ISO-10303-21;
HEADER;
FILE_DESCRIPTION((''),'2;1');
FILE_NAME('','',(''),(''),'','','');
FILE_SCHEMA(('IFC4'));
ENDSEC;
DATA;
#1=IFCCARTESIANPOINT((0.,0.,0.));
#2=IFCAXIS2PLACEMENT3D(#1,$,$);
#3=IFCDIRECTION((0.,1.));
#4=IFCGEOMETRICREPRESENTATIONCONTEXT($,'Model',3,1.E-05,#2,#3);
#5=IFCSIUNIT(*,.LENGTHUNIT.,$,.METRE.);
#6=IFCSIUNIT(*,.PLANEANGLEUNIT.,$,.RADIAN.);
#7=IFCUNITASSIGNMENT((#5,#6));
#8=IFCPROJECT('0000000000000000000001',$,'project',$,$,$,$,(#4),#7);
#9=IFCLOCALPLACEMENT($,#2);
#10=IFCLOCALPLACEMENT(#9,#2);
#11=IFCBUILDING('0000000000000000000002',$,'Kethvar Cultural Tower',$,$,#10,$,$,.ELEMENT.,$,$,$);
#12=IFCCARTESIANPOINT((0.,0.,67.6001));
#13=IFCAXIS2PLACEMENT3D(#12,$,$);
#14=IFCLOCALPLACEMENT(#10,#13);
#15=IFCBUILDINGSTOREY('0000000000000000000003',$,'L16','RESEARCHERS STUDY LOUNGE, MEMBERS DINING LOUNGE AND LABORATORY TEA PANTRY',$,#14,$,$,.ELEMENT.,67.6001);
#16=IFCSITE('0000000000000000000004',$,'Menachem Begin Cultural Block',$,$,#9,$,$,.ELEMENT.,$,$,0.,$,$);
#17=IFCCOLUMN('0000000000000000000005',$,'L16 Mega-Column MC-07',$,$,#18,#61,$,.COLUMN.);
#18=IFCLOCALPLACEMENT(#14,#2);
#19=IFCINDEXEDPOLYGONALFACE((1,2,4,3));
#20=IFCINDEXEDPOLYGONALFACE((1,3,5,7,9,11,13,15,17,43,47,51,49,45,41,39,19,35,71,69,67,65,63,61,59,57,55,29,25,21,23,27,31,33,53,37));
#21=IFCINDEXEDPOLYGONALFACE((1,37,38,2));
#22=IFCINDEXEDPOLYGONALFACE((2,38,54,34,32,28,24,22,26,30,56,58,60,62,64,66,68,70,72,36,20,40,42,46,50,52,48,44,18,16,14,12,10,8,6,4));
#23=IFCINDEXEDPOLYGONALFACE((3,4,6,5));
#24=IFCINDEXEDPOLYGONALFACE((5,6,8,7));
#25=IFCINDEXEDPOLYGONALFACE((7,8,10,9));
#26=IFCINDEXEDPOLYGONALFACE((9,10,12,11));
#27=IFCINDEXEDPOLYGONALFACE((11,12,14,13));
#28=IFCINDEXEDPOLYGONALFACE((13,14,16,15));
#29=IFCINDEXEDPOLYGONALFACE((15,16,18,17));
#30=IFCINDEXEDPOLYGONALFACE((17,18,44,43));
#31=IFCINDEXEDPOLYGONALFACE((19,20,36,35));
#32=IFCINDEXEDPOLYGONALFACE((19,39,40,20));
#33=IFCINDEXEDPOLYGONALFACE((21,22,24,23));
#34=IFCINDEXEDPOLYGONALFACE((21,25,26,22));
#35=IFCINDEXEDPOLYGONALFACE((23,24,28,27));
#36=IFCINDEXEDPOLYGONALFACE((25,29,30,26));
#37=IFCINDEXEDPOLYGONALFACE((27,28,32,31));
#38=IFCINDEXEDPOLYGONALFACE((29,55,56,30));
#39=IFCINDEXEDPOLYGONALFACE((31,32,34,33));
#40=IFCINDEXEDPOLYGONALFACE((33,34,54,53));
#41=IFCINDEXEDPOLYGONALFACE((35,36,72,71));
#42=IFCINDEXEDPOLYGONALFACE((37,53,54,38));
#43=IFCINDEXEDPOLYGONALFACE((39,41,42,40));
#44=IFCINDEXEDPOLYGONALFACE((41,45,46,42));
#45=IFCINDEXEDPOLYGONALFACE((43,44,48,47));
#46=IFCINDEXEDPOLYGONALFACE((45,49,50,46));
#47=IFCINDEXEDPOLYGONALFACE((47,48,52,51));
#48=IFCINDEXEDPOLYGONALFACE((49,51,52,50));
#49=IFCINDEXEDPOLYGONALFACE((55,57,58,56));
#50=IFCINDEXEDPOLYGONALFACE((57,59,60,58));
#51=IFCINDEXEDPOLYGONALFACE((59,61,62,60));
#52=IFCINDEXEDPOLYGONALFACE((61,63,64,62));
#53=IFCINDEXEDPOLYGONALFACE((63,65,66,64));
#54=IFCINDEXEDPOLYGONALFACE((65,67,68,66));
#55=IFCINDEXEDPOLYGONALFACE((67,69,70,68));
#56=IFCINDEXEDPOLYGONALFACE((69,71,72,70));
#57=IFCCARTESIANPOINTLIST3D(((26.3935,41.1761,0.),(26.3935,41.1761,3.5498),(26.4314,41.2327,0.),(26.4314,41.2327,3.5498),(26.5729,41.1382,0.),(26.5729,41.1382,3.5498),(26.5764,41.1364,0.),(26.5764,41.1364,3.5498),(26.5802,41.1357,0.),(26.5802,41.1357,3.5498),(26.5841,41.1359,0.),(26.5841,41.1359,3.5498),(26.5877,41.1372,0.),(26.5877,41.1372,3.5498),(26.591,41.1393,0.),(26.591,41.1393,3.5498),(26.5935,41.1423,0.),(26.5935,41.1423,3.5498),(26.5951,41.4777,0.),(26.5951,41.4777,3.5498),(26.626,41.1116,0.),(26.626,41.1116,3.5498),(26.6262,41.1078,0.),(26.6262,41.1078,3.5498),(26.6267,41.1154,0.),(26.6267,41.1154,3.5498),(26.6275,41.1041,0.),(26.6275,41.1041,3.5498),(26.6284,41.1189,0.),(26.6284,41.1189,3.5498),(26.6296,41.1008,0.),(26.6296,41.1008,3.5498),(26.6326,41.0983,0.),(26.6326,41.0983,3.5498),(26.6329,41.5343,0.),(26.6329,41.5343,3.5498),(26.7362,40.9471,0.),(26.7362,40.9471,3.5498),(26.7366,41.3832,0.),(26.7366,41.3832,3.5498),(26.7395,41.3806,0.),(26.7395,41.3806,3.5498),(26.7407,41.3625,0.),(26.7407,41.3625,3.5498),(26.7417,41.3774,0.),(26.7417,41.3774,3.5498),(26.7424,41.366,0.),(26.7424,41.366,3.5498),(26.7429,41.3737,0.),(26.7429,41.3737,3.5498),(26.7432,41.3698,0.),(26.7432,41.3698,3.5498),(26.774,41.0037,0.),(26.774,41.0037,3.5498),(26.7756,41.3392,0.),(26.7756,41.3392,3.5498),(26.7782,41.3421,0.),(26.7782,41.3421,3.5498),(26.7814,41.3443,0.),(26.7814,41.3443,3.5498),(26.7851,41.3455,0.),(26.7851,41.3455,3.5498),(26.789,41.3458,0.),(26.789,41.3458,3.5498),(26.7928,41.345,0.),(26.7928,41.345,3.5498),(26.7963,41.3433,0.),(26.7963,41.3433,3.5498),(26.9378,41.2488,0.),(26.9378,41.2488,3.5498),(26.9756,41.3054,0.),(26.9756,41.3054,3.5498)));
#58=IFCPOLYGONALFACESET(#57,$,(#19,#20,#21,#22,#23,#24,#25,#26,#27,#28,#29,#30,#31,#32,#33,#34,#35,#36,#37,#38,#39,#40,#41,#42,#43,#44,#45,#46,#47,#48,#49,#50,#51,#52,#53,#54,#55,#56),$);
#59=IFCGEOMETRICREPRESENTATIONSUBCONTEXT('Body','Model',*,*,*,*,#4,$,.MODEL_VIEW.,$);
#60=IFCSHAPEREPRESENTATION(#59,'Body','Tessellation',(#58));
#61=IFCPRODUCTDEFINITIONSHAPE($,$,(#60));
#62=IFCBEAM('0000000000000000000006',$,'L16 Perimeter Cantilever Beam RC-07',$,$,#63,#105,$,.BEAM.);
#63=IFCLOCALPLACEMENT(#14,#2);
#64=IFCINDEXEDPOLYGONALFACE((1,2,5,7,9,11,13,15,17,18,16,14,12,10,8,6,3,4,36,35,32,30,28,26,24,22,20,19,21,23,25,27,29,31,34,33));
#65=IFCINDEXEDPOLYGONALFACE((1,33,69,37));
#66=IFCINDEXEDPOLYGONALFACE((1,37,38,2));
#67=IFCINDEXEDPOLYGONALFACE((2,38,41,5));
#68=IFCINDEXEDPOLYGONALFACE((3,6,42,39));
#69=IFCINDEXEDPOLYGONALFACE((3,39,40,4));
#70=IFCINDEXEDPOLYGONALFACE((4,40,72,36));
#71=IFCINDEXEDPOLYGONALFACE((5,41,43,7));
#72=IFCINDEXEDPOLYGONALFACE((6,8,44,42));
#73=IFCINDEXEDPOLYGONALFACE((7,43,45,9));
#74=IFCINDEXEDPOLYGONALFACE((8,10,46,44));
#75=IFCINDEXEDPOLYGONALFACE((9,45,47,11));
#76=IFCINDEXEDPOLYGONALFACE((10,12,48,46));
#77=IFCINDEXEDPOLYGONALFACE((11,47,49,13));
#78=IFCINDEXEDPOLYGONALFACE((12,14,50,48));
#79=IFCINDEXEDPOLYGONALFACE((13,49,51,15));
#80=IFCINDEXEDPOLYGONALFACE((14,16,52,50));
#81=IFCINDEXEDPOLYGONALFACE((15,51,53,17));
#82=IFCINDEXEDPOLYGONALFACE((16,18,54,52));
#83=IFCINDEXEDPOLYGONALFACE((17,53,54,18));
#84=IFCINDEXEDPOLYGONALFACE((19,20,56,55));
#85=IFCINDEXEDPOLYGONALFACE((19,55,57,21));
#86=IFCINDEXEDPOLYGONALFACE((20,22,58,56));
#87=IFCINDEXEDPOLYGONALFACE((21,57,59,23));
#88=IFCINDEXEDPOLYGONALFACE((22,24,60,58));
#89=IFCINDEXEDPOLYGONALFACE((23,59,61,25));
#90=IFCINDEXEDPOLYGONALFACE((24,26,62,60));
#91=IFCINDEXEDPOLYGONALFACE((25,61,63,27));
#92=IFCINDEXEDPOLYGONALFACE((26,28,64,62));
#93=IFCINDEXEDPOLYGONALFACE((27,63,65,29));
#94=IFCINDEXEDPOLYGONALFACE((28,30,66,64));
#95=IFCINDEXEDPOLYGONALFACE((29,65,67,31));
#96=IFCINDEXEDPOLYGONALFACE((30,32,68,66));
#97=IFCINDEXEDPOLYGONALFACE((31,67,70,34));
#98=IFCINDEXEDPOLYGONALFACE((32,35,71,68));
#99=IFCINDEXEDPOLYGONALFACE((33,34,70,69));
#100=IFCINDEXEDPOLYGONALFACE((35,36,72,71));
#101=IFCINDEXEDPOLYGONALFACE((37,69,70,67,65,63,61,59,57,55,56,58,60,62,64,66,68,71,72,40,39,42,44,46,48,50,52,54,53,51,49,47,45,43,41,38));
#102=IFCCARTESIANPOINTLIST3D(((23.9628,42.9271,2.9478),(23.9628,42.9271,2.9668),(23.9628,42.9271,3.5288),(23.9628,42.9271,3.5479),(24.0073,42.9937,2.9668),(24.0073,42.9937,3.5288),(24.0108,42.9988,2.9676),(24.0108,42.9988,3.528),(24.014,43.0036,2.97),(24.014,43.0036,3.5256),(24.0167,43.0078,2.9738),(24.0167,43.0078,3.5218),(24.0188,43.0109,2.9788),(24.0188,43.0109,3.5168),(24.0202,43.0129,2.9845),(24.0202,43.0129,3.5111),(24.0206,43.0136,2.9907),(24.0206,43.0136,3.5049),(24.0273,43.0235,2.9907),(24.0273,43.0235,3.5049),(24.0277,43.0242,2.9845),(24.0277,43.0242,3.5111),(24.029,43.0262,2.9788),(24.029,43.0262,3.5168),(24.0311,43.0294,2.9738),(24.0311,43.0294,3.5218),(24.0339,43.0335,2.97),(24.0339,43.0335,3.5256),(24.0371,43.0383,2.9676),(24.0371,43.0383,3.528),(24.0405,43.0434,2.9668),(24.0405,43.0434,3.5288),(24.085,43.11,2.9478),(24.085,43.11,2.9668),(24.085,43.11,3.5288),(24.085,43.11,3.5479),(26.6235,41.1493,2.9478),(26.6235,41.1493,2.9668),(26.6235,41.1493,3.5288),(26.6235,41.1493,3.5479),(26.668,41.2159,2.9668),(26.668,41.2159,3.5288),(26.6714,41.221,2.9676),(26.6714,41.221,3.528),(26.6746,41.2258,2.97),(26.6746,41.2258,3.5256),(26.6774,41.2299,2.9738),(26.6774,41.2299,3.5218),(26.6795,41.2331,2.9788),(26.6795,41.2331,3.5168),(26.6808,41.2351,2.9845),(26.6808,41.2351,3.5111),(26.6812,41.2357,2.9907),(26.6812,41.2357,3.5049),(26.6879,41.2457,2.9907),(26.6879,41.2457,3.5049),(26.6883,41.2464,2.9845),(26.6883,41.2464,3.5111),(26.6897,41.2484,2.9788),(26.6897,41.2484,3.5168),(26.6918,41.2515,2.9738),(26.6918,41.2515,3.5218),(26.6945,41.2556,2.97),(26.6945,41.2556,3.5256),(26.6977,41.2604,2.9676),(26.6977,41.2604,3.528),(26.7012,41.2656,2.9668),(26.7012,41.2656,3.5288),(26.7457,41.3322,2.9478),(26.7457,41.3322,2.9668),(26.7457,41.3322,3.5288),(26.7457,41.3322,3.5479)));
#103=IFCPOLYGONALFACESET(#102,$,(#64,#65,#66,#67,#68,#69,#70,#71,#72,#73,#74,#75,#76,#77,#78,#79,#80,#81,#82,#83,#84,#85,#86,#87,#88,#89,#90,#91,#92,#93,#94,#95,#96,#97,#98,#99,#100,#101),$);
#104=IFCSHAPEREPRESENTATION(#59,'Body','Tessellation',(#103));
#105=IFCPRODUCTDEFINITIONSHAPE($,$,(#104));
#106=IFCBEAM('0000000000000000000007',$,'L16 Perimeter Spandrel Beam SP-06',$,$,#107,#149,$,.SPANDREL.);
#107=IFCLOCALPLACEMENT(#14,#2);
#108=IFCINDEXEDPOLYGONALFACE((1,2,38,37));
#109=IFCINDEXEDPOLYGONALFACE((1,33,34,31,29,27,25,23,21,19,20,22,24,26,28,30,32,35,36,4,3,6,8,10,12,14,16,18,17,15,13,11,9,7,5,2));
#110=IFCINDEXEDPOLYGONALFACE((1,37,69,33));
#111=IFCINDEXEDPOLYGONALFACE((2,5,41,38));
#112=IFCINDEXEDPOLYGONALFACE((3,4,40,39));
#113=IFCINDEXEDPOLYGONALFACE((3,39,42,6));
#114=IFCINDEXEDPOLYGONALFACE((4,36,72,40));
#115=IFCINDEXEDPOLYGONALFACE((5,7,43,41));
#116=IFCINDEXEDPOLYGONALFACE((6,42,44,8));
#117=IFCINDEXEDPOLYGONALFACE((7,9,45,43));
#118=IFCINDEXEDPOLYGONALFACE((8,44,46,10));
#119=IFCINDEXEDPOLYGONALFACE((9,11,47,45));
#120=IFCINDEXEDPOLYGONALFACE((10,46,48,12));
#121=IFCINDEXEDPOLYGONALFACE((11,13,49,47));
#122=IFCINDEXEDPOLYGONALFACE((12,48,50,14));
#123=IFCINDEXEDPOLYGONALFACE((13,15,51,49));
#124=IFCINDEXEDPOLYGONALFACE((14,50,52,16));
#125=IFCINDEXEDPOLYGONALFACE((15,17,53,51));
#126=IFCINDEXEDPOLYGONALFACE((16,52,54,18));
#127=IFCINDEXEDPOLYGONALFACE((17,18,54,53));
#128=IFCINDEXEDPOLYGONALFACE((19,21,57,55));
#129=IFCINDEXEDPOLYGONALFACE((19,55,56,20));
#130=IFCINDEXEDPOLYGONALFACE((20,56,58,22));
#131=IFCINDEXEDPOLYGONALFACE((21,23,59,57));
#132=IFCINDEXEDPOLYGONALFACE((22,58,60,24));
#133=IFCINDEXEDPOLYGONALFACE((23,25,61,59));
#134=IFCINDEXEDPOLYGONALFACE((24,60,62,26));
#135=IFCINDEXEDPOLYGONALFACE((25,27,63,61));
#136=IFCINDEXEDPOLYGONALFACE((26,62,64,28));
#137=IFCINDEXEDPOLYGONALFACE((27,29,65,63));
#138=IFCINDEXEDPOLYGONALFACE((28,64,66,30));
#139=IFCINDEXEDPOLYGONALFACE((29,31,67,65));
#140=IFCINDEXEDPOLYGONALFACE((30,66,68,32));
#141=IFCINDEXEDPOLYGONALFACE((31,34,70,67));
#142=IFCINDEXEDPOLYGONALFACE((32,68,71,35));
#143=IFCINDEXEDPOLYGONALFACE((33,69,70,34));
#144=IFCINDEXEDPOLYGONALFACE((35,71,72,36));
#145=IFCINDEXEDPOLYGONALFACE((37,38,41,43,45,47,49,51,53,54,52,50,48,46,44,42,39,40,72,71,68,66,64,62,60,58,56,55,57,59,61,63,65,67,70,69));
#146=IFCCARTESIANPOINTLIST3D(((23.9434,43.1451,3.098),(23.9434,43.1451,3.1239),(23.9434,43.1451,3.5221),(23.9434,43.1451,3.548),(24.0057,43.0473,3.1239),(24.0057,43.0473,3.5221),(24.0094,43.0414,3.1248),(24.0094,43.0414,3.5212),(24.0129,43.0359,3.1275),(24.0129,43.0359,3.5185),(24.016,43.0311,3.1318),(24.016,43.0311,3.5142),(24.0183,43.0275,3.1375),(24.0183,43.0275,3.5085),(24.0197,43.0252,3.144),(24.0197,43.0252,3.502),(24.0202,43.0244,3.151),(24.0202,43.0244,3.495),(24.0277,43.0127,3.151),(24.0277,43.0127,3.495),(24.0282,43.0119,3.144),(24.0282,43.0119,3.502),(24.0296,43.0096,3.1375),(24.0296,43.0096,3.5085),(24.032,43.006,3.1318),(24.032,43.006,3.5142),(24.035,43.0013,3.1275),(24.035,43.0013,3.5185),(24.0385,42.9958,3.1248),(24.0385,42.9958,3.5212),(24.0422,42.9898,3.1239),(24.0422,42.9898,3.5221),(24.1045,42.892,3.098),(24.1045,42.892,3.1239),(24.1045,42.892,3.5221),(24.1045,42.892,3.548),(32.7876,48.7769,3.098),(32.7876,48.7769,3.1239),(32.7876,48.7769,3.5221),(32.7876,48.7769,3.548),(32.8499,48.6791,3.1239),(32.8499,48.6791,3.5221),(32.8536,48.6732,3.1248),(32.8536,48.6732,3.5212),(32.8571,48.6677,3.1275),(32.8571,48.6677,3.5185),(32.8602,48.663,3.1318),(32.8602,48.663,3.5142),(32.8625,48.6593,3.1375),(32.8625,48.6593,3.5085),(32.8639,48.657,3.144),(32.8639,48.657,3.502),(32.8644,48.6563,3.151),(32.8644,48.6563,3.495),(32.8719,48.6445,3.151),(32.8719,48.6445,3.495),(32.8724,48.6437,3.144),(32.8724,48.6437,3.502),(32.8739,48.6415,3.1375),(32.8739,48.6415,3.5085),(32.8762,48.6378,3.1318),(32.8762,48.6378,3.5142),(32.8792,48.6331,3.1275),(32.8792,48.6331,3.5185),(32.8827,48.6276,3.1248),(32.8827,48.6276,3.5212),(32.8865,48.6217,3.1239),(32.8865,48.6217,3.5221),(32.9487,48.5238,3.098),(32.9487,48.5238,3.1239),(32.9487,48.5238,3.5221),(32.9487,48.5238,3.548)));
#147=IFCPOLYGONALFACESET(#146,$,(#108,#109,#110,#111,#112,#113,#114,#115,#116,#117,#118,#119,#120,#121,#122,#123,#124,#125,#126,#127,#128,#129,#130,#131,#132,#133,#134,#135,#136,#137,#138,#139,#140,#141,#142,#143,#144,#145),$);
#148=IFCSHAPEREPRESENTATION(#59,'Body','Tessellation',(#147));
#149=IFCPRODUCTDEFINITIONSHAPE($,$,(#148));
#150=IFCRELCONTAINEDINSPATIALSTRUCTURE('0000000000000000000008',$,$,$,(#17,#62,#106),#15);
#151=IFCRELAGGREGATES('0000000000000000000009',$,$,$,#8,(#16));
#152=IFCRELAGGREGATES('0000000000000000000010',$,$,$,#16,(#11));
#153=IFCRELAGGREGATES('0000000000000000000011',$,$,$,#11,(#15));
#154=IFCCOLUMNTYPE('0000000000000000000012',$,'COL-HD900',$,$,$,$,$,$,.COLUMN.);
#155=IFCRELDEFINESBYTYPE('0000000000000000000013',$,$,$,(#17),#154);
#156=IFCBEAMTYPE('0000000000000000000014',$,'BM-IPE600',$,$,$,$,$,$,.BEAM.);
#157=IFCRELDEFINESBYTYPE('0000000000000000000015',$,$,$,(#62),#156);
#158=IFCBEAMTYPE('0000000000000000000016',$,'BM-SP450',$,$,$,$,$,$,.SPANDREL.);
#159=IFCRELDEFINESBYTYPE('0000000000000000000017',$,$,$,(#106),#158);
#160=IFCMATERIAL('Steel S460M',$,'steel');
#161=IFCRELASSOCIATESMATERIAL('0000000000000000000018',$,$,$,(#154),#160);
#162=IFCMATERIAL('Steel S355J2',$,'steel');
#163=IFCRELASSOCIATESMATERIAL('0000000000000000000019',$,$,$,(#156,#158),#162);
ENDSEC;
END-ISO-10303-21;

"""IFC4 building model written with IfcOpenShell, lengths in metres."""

from ifc_helpers import new_model, si_unit, direction, frame, origin, origin_2d, place, context, subcontext, project, spatial, i_section, extrude, source, transform, mapped, material, material_profile, profile_set, type_object, element, save


model = new_model("IFC4")

# Units and contexts
model_context = context("Model", 3, precision=1e-05, world=origin(), true_north=direction((0.0, 1.0)))
body_context = subcontext(model_context, "Body", "Model", "MODEL_VIEW")
ifc_project = project(units=[si_unit("LENGTHUNIT", "METRE"), si_unit("PLANEANGLEUNIT", "RADIAN")], contexts=[model_context])

# Site, building, storey
site_placement = place(None, origin())
site = spatial("IfcSite", under=ifc_project, at=site_placement, Name="Menachem Begin Cultural Block", CompositionType="ELEMENT", RefElevation=0.0)
building_placement = place(site_placement, origin())
building = spatial("IfcBuilding", under=site, at=building_placement, Name="Kethvar Cultural Tower", CompositionType="ELEMENT")
storey_placement = place(building_placement, frame((0.0, 0.0, 67.6001)))
storey = spatial("IfcBuildingStorey", under=building, at=storey_placement, Name="L16", Description="RESEARCHERS STUDY LOUNGE, MEMBERS DINING LOUNGE AND LABORATORY TEA PANTRY", CompositionType="ELEMENT", Elevation=67.6001)

# Column
ifc_material_1 = material(Name="Steel S460M", Category="steel")
ifc_material_profile_1 = material_profile(ifc_material_1, i_section(OverallWidth=0.4121, OverallDepth=0.4309, WebThickness=0.042, FlangeThickness=0.0681, FilletRadius=0.0149, at=origin_2d()), Name="Steel S460M — HD400x900")
ifc_profile_set_1 = profile_set([ifc_material_profile_1], Name="Steel S460M — HD400x900")
column_type = type_object("IfcColumnType", Name="COL-HD900", PredefinedType="COLUMN", material=ifc_profile_set_1)
shared_shape_1 = source(origin(), body_context, "Body", "SweptSolid", [
    extrude(i_section(OverallWidth=0.4121, OverallDepth=0.4309, WebThickness=0.042, FlangeThickness=0.0681, FilletRadius=0.0149, at=origin_2d()), origin(), (0.0, 0.0, 1.0), 3.5498),
])
column_placement = place(storey_placement, frame((26.6846, 41.2407, 0.0), z_axis=(0.0, 0.0, 1.0), x_axis=(-0.83147, 0.55557, 0.0)))
element("IfcColumn", 1, at=column_placement, inside=storey, type_object=column_type, Name="L16 Mega-Column MC-07", PredefinedType="COLUMN", context=body_context, shape_type="MappedRepresentation", body=[
    mapped(shared_shape_1, transform((0.0, 0.0, 0.0), scale=1.0)),
])

# Beams
ifc_material_2 = material(Name="Steel S355J2", Category="steel")
ifc_material_profile_2 = material_profile(ifc_material_2, i_section(OverallWidth=0.22, OverallDepth=0.6001, WebThickness=0.012, FlangeThickness=0.019, FilletRadius=0.0239, at=origin_2d()), Name="Steel S355J2 — IPE600")
ifc_profile_set_2 = profile_set([ifc_material_profile_2], Name="Steel S355J2 — IPE600")
beam_type_1 = type_object("IfcBeamType", Name="BM-IPE600", PredefinedType="BEAM", material=ifc_profile_set_2)
shared_shape_2 = source(origin(), body_context, "Body", "SweptSolid", [
    extrude(i_section(OverallWidth=0.22, OverallDepth=0.6001, WebThickness=0.012, FlangeThickness=0.019, FilletRadius=0.0239, at=origin_2d()), origin(), (0.0, 0.0, 1.0), 3.2),
])
beam_1_placement = place(storey_placement, frame((26.6846, 41.2407, 3.2478), z_axis=(-0.831463, 0.55558, 0.0), x_axis=(-0.55558, -0.831463, 0.0)))
element("IfcBeam", 2, at=beam_1_placement, inside=storey, type_object=beam_type_1, Name="L16 Perimeter Cantilever Beam RC-07", PredefinedType="BEAM", context=body_context, shape_type="MappedRepresentation", body=[
    mapped(shared_shape_2, transform((0.0, 0.0, 0.0), scale=1.0)),
])
ifc_material_profile_3 = material_profile(ifc_material_2, i_section(OverallWidth=0.3, OverallDepth=0.45, WebThickness=0.0139, FlangeThickness=0.0259, FilletRadius=0.0271, at=origin_2d()), Name="Steel S355J2 — HEB450")
ifc_profile_set_3 = profile_set([ifc_material_profile_3], Name="Steel S355J2 — HEB450")
beam_type_2 = type_object("IfcBeamType", Name="BM-SP450", PredefinedType="SPANDREL", material=ifc_profile_set_3)
shared_shape_3 = source(origin(), body_context, "Body", "SweptSolid", [
    extrude(i_section(OverallWidth=0.3, OverallDepth=0.45, WebThickness=0.0139, FlangeThickness=0.0259, FilletRadius=0.0271, at=origin_2d()), origin(), (0.0, 0.0, 1.0), 10.4851),
])
beam_2_placement = place(storey_placement, frame((32.8682, 48.6504, 3.323), z_axis=(-0.843502, -0.537126, 0.0), x_axis=(0.537126, -0.843502, 0.0)))
element("IfcBeam", 3, at=beam_2_placement, inside=storey, type_object=beam_type_2, Name="L16 Perimeter Spandrel Beam SP-06", PredefinedType="SPANDREL", context=body_context, shape_type="MappedRepresentation", body=[
    mapped(shared_shape_3, transform((0.0, 0.0, 0.0), scale=1.0)),
])

save(model, "model.ifc")
